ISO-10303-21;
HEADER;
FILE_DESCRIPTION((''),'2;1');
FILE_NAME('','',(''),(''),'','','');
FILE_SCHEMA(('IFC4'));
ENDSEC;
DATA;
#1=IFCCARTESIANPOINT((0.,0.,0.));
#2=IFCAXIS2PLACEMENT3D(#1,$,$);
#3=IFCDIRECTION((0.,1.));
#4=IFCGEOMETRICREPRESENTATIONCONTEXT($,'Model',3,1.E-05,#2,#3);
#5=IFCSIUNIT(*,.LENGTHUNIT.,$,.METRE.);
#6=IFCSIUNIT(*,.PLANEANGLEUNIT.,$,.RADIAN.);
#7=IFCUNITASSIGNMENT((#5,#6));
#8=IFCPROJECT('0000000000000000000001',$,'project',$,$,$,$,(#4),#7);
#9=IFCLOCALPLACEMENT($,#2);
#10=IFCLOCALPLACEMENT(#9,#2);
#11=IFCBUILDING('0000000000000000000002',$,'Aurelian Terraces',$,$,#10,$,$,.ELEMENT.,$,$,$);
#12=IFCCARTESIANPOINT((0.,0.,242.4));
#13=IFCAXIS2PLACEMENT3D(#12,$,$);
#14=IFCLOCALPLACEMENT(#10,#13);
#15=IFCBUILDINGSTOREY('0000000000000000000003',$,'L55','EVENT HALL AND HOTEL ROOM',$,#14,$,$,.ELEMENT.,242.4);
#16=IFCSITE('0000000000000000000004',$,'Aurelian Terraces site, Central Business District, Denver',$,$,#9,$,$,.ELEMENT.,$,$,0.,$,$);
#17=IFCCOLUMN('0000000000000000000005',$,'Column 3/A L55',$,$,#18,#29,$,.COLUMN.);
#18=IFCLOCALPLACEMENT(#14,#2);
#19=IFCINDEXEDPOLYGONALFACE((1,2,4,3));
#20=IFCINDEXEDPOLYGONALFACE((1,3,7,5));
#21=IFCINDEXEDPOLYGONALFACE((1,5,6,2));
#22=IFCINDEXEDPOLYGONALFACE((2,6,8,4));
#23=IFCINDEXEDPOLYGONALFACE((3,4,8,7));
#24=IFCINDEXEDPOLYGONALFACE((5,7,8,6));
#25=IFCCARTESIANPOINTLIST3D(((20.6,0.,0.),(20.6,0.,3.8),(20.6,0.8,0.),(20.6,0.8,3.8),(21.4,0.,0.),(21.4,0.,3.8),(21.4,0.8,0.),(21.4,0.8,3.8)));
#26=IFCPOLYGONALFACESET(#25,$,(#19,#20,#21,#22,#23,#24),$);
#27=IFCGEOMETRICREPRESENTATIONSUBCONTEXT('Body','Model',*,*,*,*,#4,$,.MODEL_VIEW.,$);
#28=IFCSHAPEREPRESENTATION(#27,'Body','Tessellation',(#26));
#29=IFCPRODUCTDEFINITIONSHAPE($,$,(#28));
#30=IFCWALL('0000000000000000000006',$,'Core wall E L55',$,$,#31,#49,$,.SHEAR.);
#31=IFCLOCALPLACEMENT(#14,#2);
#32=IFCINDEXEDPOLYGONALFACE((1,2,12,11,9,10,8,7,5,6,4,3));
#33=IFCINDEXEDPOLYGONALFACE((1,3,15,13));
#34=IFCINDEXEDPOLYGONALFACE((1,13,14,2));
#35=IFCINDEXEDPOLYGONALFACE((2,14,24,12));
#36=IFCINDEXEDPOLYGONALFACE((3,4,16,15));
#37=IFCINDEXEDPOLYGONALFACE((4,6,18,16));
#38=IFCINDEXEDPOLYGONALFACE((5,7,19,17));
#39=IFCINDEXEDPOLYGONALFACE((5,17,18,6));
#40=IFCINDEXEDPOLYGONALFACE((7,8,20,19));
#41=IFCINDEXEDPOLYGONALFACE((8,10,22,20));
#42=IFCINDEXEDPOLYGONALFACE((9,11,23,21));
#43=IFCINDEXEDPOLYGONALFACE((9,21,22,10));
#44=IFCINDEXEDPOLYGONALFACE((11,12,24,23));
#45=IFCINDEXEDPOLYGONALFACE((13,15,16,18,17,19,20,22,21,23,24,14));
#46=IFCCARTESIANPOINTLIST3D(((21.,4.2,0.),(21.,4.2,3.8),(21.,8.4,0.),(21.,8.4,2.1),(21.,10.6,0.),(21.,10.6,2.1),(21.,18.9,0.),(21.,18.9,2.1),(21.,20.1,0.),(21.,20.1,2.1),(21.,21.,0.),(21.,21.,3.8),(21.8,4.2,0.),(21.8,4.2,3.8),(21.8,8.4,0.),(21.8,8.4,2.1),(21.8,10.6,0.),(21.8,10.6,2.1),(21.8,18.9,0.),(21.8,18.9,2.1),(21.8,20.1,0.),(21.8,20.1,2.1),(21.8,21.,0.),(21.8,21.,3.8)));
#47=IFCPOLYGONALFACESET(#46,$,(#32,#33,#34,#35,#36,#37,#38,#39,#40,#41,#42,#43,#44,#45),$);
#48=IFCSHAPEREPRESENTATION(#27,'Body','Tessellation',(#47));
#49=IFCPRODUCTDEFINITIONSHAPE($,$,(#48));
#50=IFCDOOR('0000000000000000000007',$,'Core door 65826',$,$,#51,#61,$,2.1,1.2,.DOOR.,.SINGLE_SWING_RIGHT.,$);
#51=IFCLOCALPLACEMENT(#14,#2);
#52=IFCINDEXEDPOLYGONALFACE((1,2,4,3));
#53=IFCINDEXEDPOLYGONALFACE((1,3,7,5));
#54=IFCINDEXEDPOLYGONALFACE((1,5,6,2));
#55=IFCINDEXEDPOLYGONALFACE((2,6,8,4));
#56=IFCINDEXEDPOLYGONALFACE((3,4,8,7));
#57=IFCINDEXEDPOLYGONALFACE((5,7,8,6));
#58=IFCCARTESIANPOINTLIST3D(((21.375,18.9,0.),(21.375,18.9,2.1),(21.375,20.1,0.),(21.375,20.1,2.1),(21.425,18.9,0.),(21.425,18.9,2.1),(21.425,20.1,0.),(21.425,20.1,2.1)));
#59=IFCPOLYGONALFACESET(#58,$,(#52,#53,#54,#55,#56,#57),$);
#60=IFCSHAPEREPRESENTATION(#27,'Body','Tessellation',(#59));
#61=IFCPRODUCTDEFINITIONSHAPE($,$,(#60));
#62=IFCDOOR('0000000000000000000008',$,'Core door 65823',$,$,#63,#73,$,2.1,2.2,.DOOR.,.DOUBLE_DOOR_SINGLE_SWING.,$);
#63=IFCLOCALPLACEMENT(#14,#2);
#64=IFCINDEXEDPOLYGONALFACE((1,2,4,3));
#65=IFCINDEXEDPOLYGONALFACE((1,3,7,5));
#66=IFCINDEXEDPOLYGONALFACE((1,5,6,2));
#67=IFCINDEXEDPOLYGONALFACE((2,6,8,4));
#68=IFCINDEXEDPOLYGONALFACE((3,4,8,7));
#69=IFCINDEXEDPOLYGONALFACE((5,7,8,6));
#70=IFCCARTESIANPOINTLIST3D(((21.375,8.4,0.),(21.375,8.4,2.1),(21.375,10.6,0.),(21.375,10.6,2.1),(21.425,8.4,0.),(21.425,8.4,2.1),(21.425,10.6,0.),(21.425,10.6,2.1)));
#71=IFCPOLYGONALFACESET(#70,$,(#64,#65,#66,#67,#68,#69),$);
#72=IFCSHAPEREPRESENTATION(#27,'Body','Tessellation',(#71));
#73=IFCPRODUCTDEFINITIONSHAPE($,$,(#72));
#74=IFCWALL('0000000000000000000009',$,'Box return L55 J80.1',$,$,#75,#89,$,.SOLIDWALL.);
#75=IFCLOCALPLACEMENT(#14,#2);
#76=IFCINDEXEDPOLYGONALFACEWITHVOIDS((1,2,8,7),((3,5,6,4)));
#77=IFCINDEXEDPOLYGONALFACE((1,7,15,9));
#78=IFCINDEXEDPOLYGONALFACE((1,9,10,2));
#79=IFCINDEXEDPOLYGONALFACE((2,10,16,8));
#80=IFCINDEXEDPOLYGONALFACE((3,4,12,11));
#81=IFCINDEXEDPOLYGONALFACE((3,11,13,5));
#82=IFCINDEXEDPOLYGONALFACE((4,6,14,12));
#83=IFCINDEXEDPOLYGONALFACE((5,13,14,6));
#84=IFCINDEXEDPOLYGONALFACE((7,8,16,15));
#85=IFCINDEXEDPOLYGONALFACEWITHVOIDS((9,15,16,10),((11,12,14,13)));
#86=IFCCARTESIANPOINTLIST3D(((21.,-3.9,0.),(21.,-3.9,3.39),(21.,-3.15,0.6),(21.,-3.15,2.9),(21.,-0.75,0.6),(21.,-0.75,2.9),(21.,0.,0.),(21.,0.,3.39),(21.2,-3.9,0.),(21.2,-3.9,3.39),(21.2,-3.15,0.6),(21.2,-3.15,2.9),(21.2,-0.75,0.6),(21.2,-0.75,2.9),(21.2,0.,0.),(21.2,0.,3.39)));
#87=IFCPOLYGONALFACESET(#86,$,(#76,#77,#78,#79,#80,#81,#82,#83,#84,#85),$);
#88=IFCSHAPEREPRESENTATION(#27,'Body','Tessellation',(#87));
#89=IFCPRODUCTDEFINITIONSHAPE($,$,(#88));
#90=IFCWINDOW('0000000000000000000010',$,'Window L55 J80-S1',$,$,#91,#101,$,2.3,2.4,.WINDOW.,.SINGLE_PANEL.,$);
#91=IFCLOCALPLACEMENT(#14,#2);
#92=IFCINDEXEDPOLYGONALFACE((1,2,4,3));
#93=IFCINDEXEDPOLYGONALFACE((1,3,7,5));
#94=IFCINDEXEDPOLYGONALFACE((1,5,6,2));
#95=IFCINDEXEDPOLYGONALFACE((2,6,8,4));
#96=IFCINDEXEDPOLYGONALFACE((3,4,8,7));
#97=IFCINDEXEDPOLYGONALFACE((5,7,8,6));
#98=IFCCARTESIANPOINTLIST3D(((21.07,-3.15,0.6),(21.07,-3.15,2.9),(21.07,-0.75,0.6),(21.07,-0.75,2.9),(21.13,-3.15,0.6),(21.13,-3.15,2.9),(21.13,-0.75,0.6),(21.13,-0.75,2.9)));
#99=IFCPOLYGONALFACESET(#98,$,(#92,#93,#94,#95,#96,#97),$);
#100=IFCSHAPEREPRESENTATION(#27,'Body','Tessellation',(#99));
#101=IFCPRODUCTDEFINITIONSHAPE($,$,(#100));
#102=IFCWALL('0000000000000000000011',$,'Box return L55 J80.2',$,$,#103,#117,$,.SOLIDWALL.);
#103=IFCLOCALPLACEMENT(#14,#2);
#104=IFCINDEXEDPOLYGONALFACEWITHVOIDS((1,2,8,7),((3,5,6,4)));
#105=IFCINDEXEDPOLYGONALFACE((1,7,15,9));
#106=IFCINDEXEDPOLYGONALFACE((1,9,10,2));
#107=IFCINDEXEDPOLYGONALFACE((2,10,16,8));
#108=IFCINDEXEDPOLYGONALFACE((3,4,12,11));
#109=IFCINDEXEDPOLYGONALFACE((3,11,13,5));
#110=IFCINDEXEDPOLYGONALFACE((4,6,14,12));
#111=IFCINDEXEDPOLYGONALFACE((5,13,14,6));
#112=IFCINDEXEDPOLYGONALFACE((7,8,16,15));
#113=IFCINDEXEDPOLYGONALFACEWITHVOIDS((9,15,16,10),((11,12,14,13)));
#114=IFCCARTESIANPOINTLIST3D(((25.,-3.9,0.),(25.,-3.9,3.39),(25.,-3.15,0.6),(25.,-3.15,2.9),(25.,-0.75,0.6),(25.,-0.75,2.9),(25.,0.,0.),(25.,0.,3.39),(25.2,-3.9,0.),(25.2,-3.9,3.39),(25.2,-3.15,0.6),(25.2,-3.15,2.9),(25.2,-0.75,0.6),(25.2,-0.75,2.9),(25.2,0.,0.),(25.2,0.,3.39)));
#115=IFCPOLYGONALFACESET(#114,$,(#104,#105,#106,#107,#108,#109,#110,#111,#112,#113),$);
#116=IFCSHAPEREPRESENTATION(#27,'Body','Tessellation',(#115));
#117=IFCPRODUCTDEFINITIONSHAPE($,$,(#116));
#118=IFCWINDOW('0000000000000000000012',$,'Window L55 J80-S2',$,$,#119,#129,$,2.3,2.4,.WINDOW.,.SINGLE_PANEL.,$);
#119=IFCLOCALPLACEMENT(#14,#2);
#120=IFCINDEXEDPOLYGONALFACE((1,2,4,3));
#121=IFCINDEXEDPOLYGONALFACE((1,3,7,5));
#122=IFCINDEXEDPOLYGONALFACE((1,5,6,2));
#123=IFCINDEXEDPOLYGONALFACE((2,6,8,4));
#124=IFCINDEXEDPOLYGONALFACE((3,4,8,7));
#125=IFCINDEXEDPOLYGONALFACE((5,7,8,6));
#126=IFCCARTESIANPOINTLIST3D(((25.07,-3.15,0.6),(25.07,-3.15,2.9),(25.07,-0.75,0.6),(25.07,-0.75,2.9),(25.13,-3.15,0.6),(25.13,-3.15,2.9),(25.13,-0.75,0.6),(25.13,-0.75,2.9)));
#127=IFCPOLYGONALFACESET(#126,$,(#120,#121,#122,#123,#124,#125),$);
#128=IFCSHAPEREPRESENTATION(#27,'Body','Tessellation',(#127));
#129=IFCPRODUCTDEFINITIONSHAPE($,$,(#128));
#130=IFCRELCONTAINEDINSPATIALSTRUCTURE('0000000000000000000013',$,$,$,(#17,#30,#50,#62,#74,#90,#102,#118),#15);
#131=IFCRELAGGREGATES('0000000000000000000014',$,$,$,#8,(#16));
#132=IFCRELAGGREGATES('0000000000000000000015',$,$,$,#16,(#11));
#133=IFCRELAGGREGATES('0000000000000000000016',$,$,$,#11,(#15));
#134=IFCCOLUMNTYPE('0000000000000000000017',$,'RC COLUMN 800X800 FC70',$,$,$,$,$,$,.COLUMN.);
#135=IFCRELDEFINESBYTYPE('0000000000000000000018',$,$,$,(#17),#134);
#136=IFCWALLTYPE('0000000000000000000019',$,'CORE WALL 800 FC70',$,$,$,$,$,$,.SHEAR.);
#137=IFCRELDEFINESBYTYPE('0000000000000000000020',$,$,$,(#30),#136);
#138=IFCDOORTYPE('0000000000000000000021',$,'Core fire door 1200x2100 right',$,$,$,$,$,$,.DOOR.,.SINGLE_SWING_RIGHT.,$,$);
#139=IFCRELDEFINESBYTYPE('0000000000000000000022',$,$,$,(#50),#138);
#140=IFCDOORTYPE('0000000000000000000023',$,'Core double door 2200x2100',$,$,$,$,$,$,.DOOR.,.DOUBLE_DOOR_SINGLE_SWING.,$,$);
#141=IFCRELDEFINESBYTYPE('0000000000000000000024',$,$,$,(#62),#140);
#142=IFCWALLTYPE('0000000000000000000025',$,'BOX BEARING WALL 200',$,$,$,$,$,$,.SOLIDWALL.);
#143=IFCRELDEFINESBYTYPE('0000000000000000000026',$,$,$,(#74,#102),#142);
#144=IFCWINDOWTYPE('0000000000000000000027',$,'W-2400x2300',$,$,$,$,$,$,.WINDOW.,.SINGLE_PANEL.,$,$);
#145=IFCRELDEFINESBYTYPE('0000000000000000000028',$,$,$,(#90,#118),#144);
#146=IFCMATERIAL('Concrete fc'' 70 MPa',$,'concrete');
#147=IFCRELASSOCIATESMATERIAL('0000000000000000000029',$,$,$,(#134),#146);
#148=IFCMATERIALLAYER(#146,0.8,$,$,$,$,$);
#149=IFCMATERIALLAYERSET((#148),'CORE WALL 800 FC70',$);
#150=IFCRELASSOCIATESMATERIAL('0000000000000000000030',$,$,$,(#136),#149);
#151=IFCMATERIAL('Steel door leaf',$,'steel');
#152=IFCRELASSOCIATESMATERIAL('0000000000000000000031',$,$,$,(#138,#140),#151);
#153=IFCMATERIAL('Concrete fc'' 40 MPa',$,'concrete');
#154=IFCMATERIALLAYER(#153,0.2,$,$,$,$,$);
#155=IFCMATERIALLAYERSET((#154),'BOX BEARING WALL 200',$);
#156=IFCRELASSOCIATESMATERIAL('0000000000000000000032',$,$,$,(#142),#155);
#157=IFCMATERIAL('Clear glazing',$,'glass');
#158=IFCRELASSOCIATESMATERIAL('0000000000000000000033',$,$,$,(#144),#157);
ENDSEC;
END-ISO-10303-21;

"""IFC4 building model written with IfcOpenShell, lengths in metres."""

from ifc_helpers import new_model, si_unit, direction, frame, frame_2d, origin, origin_2d, place, context, subcontext, project, spatial, rectangle, extrude, source, transform, mapped, material, layer, layer_set, material_profile, profile_set, type_object, element, fill, save


model = new_model("IFC4")

# Units and contexts
model_context = context("Model", 3, precision=1e-05, world=origin(), true_north=direction((0.0, 1.0)))
body_context = subcontext(model_context, "Body", "Model", "MODEL_VIEW")
ifc_project = project(units=[si_unit("LENGTHUNIT", "METRE"), si_unit("PLANEANGLEUNIT", "RADIAN")], contexts=[model_context])

# Site, building, storey
site_placement = place(None, origin())
site = spatial("IfcSite", under=ifc_project, at=site_placement, Name="Aurelian Terraces site, Central Business District, Denver", CompositionType="ELEMENT", RefElevation=0.0)
building_placement = place(site_placement, origin())
building = spatial("IfcBuilding", under=site, at=building_placement, Name="Aurelian Terraces", CompositionType="ELEMENT")
storey_placement = place(building_placement, frame((0.0, 0.0, 242.4)))
storey = spatial("IfcBuildingStorey", under=building, at=storey_placement, Name="L55", Description="EVENT HALL AND HOTEL ROOM", CompositionType="ELEMENT", Elevation=242.4)

# Column
ifc_material_1 = material(Name="Concrete fc' 70 MPa", Category="concrete")
ifc_material_profile = material_profile(ifc_material_1, rectangle(XDim=0.8, YDim=0.8, at=origin_2d()))
ifc_profile_set = profile_set([ifc_material_profile], Name="Concrete fc' 70 MPa")
column_type = type_object("IfcColumnType", Name="RC COLUMN 800X800 FC70", PredefinedType="COLUMN", material=ifc_profile_set)
shared_shape_1 = source(origin(), body_context, "Body", "SweptSolid", [
    extrude(rectangle(XDim=0.8, YDim=0.8, at=origin_2d()), origin(), (0.0, 0.0, 1.0), 3.8),
])
column_placement = place(storey_placement, frame((21.0, 0.4, 0.0), z_axis=(0.0, 0.0, 1.0), x_axis=(1.0, 0.0, 0.0)))
element("IfcColumn", 1, at=column_placement, inside=storey, type_object=column_type, Name="Column 3/A L55", PredefinedType="COLUMN", context=body_context, shape_type="MappedRepresentation", body=[
    mapped(shared_shape_1, transform((0.0, 0.0, 0.0), scale=1.0)),
])

# Wall, openings, doors
ifc_layer_1 = layer(ifc_material_1, 0.8)
ifc_layer_set_1 = layer_set([ifc_layer_1], Name="CORE WALL 800 FC70")
wall_type_1 = type_object("IfcWallType", Name="CORE WALL 800 FC70", PredefinedType="SHEAR", material=ifc_layer_set_1)
shared_shape_2 = source(origin(), body_context, "Body", "SweptSolid", [
    extrude(rectangle(XDim=16.8, YDim=0.8, at=frame_2d((8.4, 0.0))), origin(), (0.0, 0.0, 1.0), 3.8),
])
wall_1_placement = place(storey_placement, frame((21.4, 4.2, 0.0), z_axis=(0.0, 0.0, 1.0), x_axis=(0.0, 1.0, 0.0)))
wall_1 = element("IfcWall", 2, at=wall_1_placement, inside=storey, type_object=wall_type_1, Name="Core wall E L55", PredefinedType="SHEAR", context=body_context, shape_type="MappedRepresentation", body=[
    mapped(shared_shape_2, transform((0.0, 0.0, 0.0), scale=1.0)),
])
shared_shape_3 = source(origin(), body_context, "Body", "SweptSolid", [
    extrude(rectangle(XDim=2.2, YDim=2.1, at=frame_2d((1.1, 1.05))), frame((0.0, 0.41, 0.0), z_axis=(0.0, -1.0, 0.0), x_axis=(1.0, 0.0, 0.0)), (0.0, 0.0, 1.0), 0.82),
])
opening_1_placement = place(wall_1_placement, frame((4.2, 0.0, 0.0)))
opening_1 = element("IfcOpeningElement", 3, at=opening_1_placement, cuts=wall_1, PredefinedType="OPENING", context=body_context, shape_type="MappedRepresentation", body=[
    mapped(shared_shape_3, transform((0.0, 0.0, 0.0), scale=1.0)),
])
shared_shape_4 = source(origin(), body_context, "Body", "SweptSolid", [
    extrude(rectangle(XDim=1.2, YDim=2.1, at=frame_2d((0.6, 1.05))), frame((0.0, 0.41, 0.0), z_axis=(0.0, -1.0, 0.0), x_axis=(1.0, 0.0, 0.0)), (0.0, 0.0, 1.0), 0.82),
])
opening_2_placement = place(wall_1_placement, frame((14.7, 0.0, 0.0)))
opening_2 = element("IfcOpeningElement", 4, at=opening_2_placement, cuts=wall_1, PredefinedType="OPENING", context=body_context, shape_type="MappedRepresentation", body=[
    mapped(shared_shape_4, transform((0.0, 0.0, 0.0), scale=1.0)),
])
ifc_material_2 = material(Name="Steel door leaf", Category="steel")
door_type_1 = type_object("IfcDoorType", Name="Core fire door 1200x2100 right", OperationType="SINGLE_SWING_RIGHT", PredefinedType="DOOR", material=ifc_material_2)
shared_shape_5 = source(origin(), body_context, "Body", "SweptSolid", [
    extrude(rectangle(XDim=1.2, YDim=2.1, at=frame_2d((0.6, 1.05))), frame((0.0, 0.025, 0.0), z_axis=(0.0, -1.0, 0.0), x_axis=(1.0, 0.0, 0.0)), (0.0, 0.0, 1.0), 0.05),
])
door_1_placement = place(opening_2_placement, origin())
door_1 = element("IfcDoor", 5, at=door_1_placement, inside=storey, type_object=door_type_1, Name="Core door 65826", OperationType="SINGLE_SWING_RIGHT", OverallHeight=2.1, OverallWidth=1.2, PredefinedType="DOOR", context=body_context, shape_type="MappedRepresentation", body=[
    mapped(shared_shape_5, transform((0.0, 0.0, 0.0), scale=1.0)),
])
fill(opening_2, door_1)
door_type_2 = type_object("IfcDoorType", Name="Core double door 2200x2100", OperationType="DOUBLE_DOOR_SINGLE_SWING", PredefinedType="DOOR", material=ifc_material_2)
shared_shape_6 = source(origin(), body_context, "Body", "SweptSolid", [
    extrude(rectangle(XDim=2.2, YDim=2.1, at=frame_2d((1.1, 1.05))), frame((0.0, 0.025, 0.0), z_axis=(0.0, -1.0, 0.0), x_axis=(1.0, 0.0, 0.0)), (0.0, 0.0, 1.0), 0.05),
])
door_2_placement = place(opening_1_placement, origin())
door_2 = element("IfcDoor", 6, at=door_2_placement, inside=storey, type_object=door_type_2, Name="Core door 65823", OperationType="DOUBLE_DOOR_SINGLE_SWING", OverallHeight=2.1, OverallWidth=2.2, PredefinedType="DOOR", context=body_context, shape_type="MappedRepresentation", body=[
    mapped(shared_shape_6, transform((0.0, 0.0, 0.0), scale=1.0)),
])
fill(opening_1, door_2)

# Walls, openings, windows
ifc_material_3 = material(Name="Concrete fc' 40 MPa", Category="concrete")
ifc_layer_2 = layer(ifc_material_3, 0.2)
ifc_layer_set_2 = layer_set([ifc_layer_2], Name="BOX BEARING WALL 200")
wall_type_2 = type_object("IfcWallType", Name="BOX BEARING WALL 200", PredefinedType="SOLIDWALL", material=ifc_layer_set_2)
shared_shape_7 = source(origin(), body_context, "Body", "SweptSolid", [
    extrude(rectangle(XDim=3.9, YDim=0.2, at=frame_2d((1.95, 0.0))), origin(), (0.0, 0.0, 1.0), 3.39),
])
wall_2_placement = place(storey_placement, frame((21.1, 0.0, 0.0), z_axis=(0.0, 0.0, 1.0), x_axis=(0.0, -1.0, 0.0)))
wall_2 = element("IfcWall", 7, at=wall_2_placement, inside=storey, type_object=wall_type_2, Name="Box return L55 J80.1", PredefinedType="SOLIDWALL", context=body_context, shape_type="MappedRepresentation", body=[
    mapped(shared_shape_7, transform((0.0, 0.0, 0.0), scale=1.0)),
])
shared_shape_8 = source(origin(), body_context, "Body", "SweptSolid", [
    extrude(rectangle(XDim=2.4, YDim=2.3, at=frame_2d((1.2, 1.15))), frame((0.0, 0.11, 0.0), z_axis=(0.0, -1.0, 0.0), x_axis=(1.0, 0.0, 0.0)), (0.0, 0.0, 1.0), 0.22),
])
opening_3_placement = place(wall_2_placement, frame((0.75, 0.0, 0.6)))
opening_3 = element("IfcOpeningElement", 8, at=opening_3_placement, cuts=wall_2, PredefinedType="OPENING", context=body_context, shape_type="MappedRepresentation", body=[
    mapped(shared_shape_8, transform((0.0, 0.0, 0.0), scale=1.0)),
])
ifc_material_4 = material(Name="Clear glazing", Category="glass")
window_type_1 = type_object("IfcWindowType", Name="W-2400x2300", PartitioningType="SINGLE_PANEL", PredefinedType="WINDOW", material=ifc_material_4)
shared_shape_9 = source(origin(), body_context, "Body", "SweptSolid", [
    extrude(rectangle(XDim=2.4, YDim=2.3, at=frame_2d((1.2, 1.15))), frame((0.0, 0.03, 0.0), z_axis=(0.0, -1.0, 0.0), x_axis=(1.0, 0.0, 0.0)), (0.0, 0.0, 1.0), 0.06),
])
window_1_placement = place(opening_3_placement, origin())
window_1 = element("IfcWindow", 9, at=window_1_placement, inside=storey, type_object=window_type_1, Name="Window L55 J80-S1", OverallHeight=2.3, OverallWidth=2.4, PartitioningType="SINGLE_PANEL", PredefinedType="WINDOW", context=body_context, shape_type="MappedRepresentation", body=[
    mapped(shared_shape_9, transform((0.0, 0.0, 0.0), scale=1.0)),
])
fill(opening_3, window_1)
wall_3_placement = place(storey_placement, frame((25.1, 0.0, 0.0), z_axis=(0.0, 0.0, 1.0), x_axis=(0.0, -1.0, 0.0)))
wall_3 = element("IfcWall", 10, at=wall_3_placement, inside=storey, type_object=wall_type_2, Name="Box return L55 J80.2", PredefinedType="SOLIDWALL", context=body_context, shape_type="MappedRepresentation", body=[
    mapped(shared_shape_7, transform((0.0, 0.0, 0.0), scale=1.0)),
])
opening_4_placement = place(wall_3_placement, frame((0.75, 0.0, 0.6)))
opening_4 = element("IfcOpeningElement", 11, at=opening_4_placement, cuts=wall_3, PredefinedType="OPENING", context=body_context, shape_type="MappedRepresentation", body=[
    mapped(shared_shape_8, transform((0.0, 0.0, 0.0), scale=1.0)),
])
window_2_placement = place(opening_4_placement, origin())
window_2 = element("IfcWindow", 12, at=window_2_placement, inside=storey, type_object=window_type_1, Name="Window L55 J80-S2", OverallHeight=2.3, OverallWidth=2.4, PartitioningType="SINGLE_PANEL", PredefinedType="WINDOW", context=body_context, shape_type="MappedRepresentation", body=[
    mapped(shared_shape_9, transform((0.0, 0.0, 0.0), scale=1.0)),
])
fill(opening_4, window_2)

save(model, "model.ifc")
